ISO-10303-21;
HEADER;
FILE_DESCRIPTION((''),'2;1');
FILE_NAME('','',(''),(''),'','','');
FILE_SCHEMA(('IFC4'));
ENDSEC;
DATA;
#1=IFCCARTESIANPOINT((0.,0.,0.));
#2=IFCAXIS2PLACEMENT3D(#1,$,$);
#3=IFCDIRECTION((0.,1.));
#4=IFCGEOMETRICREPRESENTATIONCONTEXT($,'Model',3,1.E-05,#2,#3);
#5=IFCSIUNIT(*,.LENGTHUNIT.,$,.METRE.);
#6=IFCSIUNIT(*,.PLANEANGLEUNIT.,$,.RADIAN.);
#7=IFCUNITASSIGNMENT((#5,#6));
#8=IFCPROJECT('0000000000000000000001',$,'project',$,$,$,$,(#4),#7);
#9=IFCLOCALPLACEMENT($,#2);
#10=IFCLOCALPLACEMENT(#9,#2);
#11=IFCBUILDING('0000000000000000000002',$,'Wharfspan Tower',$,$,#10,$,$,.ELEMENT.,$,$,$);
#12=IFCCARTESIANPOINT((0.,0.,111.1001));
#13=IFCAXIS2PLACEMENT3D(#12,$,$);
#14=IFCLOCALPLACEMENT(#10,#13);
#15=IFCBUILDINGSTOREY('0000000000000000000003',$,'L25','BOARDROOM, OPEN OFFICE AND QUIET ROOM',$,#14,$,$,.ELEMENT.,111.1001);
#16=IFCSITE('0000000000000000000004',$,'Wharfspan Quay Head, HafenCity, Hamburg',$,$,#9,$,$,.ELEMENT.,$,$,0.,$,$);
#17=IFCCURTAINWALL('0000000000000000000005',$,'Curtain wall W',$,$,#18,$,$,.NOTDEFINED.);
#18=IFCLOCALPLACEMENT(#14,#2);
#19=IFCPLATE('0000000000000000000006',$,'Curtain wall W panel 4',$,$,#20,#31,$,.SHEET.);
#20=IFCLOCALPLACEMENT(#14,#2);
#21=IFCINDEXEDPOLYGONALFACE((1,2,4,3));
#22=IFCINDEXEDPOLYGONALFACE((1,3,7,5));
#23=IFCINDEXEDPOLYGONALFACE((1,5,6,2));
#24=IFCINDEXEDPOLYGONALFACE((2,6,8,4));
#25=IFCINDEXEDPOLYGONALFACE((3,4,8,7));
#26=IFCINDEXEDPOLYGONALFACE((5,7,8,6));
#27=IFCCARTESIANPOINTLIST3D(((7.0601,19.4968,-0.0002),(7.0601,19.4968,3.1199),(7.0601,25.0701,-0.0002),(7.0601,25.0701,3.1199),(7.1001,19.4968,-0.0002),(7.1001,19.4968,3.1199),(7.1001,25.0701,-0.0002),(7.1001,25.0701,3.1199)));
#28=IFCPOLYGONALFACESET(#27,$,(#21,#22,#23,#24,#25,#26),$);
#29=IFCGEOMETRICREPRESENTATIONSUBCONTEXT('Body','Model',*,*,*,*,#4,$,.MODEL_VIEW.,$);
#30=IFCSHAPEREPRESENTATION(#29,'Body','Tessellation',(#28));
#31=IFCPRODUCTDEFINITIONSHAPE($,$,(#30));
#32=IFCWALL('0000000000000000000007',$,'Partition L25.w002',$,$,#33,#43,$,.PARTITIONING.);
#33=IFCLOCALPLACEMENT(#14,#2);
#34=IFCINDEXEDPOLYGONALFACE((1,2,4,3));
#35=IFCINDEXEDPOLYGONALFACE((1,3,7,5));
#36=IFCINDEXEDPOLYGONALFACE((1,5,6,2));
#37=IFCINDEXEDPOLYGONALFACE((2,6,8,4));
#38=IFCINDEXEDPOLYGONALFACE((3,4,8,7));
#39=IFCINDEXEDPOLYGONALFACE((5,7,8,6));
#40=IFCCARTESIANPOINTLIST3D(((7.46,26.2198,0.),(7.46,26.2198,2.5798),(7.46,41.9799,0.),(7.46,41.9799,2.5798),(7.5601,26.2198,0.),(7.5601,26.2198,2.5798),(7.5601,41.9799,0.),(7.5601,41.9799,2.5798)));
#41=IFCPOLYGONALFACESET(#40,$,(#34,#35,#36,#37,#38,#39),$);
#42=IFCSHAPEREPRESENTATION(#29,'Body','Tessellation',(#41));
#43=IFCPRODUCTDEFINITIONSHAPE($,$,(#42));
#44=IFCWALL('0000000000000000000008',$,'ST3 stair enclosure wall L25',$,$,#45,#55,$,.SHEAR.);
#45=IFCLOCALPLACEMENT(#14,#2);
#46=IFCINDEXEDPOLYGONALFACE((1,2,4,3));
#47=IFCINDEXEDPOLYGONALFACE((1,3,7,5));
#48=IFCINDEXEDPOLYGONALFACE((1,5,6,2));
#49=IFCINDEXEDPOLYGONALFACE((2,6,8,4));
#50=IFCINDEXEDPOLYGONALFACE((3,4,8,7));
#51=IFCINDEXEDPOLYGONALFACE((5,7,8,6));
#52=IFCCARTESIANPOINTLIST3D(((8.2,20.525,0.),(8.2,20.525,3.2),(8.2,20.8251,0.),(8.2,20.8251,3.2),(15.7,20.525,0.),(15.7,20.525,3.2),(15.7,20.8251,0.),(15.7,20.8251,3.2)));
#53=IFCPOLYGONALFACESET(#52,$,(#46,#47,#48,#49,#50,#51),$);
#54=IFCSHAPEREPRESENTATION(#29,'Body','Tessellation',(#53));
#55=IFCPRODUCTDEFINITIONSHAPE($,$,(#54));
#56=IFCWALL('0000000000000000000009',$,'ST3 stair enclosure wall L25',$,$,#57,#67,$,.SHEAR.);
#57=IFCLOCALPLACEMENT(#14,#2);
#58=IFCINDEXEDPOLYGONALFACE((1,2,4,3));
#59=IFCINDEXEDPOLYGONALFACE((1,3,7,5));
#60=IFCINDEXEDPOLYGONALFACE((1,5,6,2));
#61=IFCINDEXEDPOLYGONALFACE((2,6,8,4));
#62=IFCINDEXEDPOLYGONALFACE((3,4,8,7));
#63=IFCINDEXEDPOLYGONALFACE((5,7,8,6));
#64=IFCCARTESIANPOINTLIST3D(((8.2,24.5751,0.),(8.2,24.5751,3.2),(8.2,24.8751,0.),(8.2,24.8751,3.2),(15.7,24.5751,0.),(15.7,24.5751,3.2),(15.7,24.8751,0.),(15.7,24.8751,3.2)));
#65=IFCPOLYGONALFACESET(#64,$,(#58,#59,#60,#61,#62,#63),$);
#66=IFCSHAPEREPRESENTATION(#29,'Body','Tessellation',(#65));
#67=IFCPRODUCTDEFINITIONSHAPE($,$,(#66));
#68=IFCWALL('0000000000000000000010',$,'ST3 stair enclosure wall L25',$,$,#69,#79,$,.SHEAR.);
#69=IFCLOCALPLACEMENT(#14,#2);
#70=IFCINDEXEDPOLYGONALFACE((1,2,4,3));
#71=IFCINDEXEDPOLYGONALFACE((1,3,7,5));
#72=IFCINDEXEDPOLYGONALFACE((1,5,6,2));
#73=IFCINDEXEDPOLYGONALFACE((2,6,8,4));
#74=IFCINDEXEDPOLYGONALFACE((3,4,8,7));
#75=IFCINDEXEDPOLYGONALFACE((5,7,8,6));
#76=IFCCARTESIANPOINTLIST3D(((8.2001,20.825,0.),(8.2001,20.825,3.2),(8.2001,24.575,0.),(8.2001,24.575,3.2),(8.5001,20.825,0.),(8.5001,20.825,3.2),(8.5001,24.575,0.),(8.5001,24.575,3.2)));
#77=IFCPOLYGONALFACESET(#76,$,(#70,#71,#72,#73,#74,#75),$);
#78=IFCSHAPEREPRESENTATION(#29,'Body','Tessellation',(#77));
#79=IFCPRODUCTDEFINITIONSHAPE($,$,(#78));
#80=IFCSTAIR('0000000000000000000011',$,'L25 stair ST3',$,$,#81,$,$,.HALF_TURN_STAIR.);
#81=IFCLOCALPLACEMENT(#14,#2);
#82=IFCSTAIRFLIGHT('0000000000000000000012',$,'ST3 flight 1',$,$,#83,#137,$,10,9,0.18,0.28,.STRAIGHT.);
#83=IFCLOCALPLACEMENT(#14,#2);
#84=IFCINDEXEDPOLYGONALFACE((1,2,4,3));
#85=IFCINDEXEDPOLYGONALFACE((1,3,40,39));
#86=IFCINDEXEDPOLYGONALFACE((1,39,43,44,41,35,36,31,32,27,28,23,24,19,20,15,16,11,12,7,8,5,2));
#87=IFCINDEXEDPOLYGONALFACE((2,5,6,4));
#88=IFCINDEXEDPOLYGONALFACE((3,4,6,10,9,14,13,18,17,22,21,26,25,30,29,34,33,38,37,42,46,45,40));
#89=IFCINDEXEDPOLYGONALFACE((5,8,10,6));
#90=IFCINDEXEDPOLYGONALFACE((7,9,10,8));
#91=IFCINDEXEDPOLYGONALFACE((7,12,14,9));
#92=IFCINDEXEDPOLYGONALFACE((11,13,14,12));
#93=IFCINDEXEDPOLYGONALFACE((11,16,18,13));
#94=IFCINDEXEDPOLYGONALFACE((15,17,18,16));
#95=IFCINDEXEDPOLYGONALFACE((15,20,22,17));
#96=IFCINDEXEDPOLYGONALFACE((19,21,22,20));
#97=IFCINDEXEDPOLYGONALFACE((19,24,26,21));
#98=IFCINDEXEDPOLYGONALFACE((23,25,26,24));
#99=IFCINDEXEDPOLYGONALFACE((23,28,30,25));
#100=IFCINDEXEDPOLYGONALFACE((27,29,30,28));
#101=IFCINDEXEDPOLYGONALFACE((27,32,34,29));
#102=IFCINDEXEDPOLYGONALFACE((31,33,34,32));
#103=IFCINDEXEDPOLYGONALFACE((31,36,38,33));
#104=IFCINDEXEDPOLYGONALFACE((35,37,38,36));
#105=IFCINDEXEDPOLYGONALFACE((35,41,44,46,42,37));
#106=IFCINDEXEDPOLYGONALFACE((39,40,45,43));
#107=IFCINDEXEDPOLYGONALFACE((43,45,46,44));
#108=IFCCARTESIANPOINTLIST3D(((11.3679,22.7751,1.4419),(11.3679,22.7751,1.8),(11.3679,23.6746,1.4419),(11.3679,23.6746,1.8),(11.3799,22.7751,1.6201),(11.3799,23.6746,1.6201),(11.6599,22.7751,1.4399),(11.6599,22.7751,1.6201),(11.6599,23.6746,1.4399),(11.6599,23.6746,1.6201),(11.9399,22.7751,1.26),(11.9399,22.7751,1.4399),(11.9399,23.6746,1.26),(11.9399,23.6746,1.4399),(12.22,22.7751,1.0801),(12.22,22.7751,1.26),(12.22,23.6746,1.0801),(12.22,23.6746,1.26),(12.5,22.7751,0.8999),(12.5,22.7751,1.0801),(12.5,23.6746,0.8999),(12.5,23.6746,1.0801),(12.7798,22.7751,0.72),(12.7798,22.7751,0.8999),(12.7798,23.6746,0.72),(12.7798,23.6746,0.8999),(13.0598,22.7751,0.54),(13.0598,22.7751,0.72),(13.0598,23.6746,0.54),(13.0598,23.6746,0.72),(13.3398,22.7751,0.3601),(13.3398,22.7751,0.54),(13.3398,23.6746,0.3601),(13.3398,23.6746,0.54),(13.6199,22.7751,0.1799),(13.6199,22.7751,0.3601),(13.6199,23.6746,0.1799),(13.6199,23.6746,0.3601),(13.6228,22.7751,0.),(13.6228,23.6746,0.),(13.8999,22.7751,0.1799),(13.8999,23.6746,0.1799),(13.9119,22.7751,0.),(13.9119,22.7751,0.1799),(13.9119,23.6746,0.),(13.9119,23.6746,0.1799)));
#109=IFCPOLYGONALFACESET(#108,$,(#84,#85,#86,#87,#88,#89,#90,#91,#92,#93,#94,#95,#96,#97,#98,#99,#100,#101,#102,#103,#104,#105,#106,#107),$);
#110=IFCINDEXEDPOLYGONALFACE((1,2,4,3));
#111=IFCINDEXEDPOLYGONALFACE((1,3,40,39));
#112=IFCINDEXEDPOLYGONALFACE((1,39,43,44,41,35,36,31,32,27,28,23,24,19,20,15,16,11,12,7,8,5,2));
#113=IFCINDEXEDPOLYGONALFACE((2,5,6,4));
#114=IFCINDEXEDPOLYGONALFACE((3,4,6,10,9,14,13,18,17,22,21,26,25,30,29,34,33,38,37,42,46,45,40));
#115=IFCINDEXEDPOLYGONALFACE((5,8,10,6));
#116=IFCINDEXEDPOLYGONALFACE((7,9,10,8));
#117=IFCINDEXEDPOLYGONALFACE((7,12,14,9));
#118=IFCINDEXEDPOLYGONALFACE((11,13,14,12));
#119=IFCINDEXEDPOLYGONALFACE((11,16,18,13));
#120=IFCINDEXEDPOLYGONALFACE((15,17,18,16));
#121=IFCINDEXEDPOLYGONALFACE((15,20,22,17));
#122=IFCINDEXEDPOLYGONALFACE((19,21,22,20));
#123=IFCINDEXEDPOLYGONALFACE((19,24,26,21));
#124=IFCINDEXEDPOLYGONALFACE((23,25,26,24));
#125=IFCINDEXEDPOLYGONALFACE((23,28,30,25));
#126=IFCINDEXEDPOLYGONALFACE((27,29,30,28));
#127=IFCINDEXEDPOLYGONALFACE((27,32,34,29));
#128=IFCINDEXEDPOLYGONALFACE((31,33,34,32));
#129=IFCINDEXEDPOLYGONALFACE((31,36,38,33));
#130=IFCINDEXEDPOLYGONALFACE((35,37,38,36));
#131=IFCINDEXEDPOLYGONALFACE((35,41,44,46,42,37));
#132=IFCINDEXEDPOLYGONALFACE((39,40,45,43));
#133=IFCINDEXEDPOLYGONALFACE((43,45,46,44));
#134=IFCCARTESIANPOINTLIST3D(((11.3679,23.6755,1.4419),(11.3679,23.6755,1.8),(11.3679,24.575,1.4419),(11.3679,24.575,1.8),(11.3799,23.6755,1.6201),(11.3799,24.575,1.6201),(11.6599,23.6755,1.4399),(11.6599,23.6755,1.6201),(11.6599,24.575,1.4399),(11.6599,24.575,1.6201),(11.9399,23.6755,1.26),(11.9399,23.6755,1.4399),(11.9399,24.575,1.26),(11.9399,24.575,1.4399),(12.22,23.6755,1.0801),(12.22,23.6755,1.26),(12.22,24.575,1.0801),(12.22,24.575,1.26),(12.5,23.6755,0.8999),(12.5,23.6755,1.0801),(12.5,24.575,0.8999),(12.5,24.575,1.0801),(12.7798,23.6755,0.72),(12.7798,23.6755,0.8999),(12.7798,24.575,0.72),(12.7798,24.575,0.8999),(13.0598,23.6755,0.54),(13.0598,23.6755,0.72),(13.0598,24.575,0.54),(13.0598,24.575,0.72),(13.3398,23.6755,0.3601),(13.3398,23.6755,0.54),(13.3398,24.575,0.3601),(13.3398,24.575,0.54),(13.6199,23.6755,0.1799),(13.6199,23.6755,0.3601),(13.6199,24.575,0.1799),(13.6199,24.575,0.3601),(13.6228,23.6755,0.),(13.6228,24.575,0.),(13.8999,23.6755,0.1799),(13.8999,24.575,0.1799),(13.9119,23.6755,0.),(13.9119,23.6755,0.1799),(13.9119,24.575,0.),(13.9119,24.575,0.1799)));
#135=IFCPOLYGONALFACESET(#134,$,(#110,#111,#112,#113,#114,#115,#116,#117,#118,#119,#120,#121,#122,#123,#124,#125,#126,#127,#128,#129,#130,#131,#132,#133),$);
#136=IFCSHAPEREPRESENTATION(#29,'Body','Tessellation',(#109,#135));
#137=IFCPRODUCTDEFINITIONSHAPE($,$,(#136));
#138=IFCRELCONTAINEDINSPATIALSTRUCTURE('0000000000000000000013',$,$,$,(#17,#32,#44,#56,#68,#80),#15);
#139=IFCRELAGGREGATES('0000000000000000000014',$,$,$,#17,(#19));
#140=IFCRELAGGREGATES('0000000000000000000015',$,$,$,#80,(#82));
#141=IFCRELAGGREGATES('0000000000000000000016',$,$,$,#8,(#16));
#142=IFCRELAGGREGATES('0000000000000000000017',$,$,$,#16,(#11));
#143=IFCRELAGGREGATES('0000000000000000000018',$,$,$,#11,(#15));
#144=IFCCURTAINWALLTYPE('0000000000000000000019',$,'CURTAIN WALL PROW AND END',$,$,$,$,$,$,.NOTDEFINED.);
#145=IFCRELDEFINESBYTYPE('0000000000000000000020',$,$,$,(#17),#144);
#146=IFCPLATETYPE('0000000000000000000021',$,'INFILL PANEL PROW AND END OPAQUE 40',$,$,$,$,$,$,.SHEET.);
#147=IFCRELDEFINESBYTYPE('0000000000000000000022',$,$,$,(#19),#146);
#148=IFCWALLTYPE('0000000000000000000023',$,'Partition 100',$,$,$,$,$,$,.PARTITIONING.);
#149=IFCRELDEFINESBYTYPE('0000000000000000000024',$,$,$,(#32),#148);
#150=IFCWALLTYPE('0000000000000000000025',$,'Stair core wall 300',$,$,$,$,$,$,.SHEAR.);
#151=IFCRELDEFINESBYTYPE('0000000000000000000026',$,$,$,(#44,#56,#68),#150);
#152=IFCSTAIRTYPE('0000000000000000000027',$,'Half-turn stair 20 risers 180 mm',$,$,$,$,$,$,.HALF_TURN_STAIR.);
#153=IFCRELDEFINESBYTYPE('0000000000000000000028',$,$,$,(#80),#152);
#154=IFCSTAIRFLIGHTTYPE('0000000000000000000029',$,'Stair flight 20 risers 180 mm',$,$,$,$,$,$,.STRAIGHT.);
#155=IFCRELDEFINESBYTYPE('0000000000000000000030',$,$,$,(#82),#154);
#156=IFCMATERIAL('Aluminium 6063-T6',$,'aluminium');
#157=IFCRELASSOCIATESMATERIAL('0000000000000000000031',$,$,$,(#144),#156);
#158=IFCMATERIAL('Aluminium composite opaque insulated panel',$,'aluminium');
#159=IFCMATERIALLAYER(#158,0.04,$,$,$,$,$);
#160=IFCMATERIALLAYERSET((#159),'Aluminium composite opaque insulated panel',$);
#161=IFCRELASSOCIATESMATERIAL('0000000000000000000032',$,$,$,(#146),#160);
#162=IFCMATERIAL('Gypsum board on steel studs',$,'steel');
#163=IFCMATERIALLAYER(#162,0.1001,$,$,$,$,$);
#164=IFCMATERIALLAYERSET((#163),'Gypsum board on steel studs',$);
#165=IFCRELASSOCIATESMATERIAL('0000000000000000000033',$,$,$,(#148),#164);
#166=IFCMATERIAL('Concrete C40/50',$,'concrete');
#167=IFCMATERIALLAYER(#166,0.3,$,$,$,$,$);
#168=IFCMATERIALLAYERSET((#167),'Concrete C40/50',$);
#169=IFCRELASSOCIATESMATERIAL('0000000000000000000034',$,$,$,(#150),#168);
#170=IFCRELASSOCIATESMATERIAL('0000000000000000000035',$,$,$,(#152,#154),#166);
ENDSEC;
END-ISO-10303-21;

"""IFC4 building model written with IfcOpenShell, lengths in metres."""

from ifc_helpers import new_model, si_unit, direction, frame, frame_2d, origin, origin_2d, place, context, subcontext, project, spatial, polyline, rectangle, outline, extrude, material, layer, layer_set, type_object, element, aggregate, save


model = new_model("IFC4")

# Units and contexts
model_context = context("Model", 3, precision=1e-05, world=origin(), true_north=direction((0.0, 1.0)))
body_context = subcontext(model_context, "Body", "Model", "MODEL_VIEW")
ifc_project = project(units=[si_unit("LENGTHUNIT", "METRE"), si_unit("PLANEANGLEUNIT", "RADIAN")], contexts=[model_context])

# Site, building, storey
site_placement = place(None, origin())
site = spatial("IfcSite", under=ifc_project, at=site_placement, Name="Wharfspan Quay Head, HafenCity, Hamburg", CompositionType="ELEMENT", RefElevation=0.0)
building_placement = place(site_placement, origin())
building = spatial("IfcBuilding", under=site, at=building_placement, Name="Wharfspan Tower", CompositionType="ELEMENT")
storey_placement = place(building_placement, frame((0.0, 0.0, 111.1001)))
storey = spatial("IfcBuildingStorey", under=building, at=storey_placement, Name="L25", Description="BOARDROOM, OPEN OFFICE AND QUIET ROOM", CompositionType="ELEMENT", Elevation=111.1001)

# Curtain wall
ifc_material_1 = material(Name="Aluminium 6063-T6", Category="aluminium")
curtain_wall_type = type_object("IfcCurtainWallType", Name="CURTAIN WALL PROW AND END", PredefinedType="NOTDEFINED", material=ifc_material_1)
curtain_wall_placement = place(storey_placement, origin())
curtain_wall = element("IfcCurtainWall", 1, at=curtain_wall_placement, inside=storey, type_object=curtain_wall_type, Name="Curtain wall W", PredefinedType="NOTDEFINED")

# Plate
ifc_material_2 = material(Name="Aluminium composite opaque insulated panel", Category="aluminium")
ifc_layer_1 = layer(ifc_material_2, 0.04)
ifc_layer_set_1 = layer_set([ifc_layer_1], Name="Aluminium composite opaque insulated panel")
plate_type = type_object("IfcPlateType", Name="INFILL PANEL PROW AND END OPAQUE 40", PredefinedType="SHEET", material=ifc_layer_set_1)
plate_1_placement = place(storey_placement, frame((7.0801, 22.2834, -0.0002), z_axis=(0.0, 0.0, 1.0), x_axis=(0.0, -1.0, 0.0)))
plate_1 = element("IfcPlate", 2, at=plate_1_placement, type_object=plate_type, Name="Curtain wall W panel 4", PredefinedType="SHEET", context=body_context, shape_type="SweptSolid", body=[
    extrude(rectangle(XDim=5.5732, YDim=0.04, at=origin_2d()), origin(), (0.0, 0.0, 1.0), 3.1201),
])
aggregate(curtain_wall, [plate_1])

# Walls
ifc_material_3 = material(Name="Gypsum board on steel studs", Category="steel")
ifc_layer_2 = layer(ifc_material_3, 0.1001)
ifc_layer_set_2 = layer_set([ifc_layer_2], Name="Gypsum board on steel studs")
wall_type_1 = type_object("IfcWallType", Name="Partition 100", PredefinedType="PARTITIONING", material=ifc_layer_set_2)
wall_1_placement = place(storey_placement, frame((7.51, 26.22, 0.0), z_axis=(0.0, 0.0, 1.0), x_axis=(0.0, 1.0, 0.0)))
element("IfcWall", 3, at=wall_1_placement, inside=storey, type_object=wall_type_1, Name="Partition L25.w002", PredefinedType="PARTITIONING", context=body_context, shape_type="SweptSolid", body=[
    extrude(rectangle(XDim=15.76, YDim=0.1001, at=frame_2d((7.8799, 0.0))), origin(), (0.0, 0.0, 1.0), 2.5798),
])
ifc_material_4 = material(Name="Concrete C40/50", Category="concrete")
ifc_layer_3 = layer(ifc_material_4, 0.3)
ifc_layer_set_3 = layer_set([ifc_layer_3], Name="Concrete C40/50")
wall_type_2 = type_object("IfcWallType", Name="Stair core wall 300", PredefinedType="SHEAR", material=ifc_layer_set_3)
for number, where, z_axis, x_axis, name in (
    (4, (8.2, 20.675, 0.0), (0.0, 0.0, 1.0), (1.0, 0.0, 0.0), "ST3 stair enclosure wall L25"),
    (5, (8.2, 24.7251, 0.0), (0.0, 0.0, 1.0), (1.0, 0.0, 0.0), "ST3 stair enclosure wall L25"),
):
    element("IfcWall", number, at=place(storey_placement, frame(where, z_axis=z_axis, x_axis=x_axis)), inside=storey, type_object=wall_type_2, Name=name, PredefinedType="SHEAR", context=body_context, shape_type="SweptSolid", body=[
        extrude(rectangle(XDim=7.5, YDim=0.3, at=frame_2d((3.75, 0.0))), origin(), (0.0, 0.0, 1.0), 3.2),
    ])
wall_2_placement = place(storey_placement, frame((8.3501, 20.825, 0.0), z_axis=(0.0, 0.0, 1.0), x_axis=(0.0, 1.0, 0.0)))
element("IfcWall", 6, at=wall_2_placement, inside=storey, type_object=wall_type_2, Name="ST3 stair enclosure wall L25", PredefinedType="SHEAR", context=body_context, shape_type="SweptSolid", body=[
    extrude(rectangle(XDim=3.75, YDim=0.3, at=frame_2d((1.875, 0.0))), origin(), (0.0, 0.0, 1.0), 3.2),
])

# Stair, stair flight
stair_type = type_object("IfcStairType", Name="Half-turn stair 20 risers 180 mm", PredefinedType="HALF_TURN_STAIR", material=ifc_material_4)
stair_placement = place(storey_placement, origin())
stair = element("IfcStair", 7, at=stair_placement, inside=storey, type_object=stair_type, Name="L25 stair ST3", PredefinedType="HALF_TURN_STAIR")
stair_flight_type = type_object("IfcStairFlightType", Name="Stair flight 20 risers 180 mm", PredefinedType="STRAIGHT", material=ifc_material_4)
stair_flight_1_placement = place(storey_placement, frame((13.8999, 23.675, 0.0), z_axis=(0.0, 0.0, 1.0), x_axis=(-1.0, 0.0, 0.0)))
stair_flight_1 = element("IfcStairFlight", 8, at=stair_flight_1_placement, type_object=stair_flight_type, Name="ST3 flight 1", NumberOfRisers=10, NumberOfTreads=9, PredefinedType="STRAIGHT", RiserHeight=0.18, TreadLength=0.28, context=body_context, shape_type="SweptSolid", body=[
    extrude(outline(polyline([(-0.012, 0.0), (-0.012, 0.1799), (0.0, 0.1799), (0.28, 0.1799), (0.28, 0.3601), (0.5601, 0.3601), (0.5601, 0.54), (0.8401, 0.54), (0.8401, 0.72), (1.1201, 0.72), (1.1201, 0.8999), (1.3999, 0.8999), (1.3999, 1.0801), (1.6799, 1.0801), (1.6799, 1.26), (1.96, 1.26), (1.96, 1.4399), (2.24, 1.4399), (2.24, 1.6201), (2.52, 1.6201), (2.532, 1.8), (2.532, 1.4419), (0.2771, 0.0), (-0.012, 0.0)])), frame((0.0, 0.8999, 0.0), z_axis=(0.0, -1.0, 0.0), x_axis=(1.0, 0.0, 0.0)), (0.0, 0.0, 1.0), 0.8994),
    extrude(outline(polyline([(-0.012, 0.0), (-0.012, 0.1799), (0.0, 0.1799), (0.28, 0.1799), (0.28, 0.3601), (0.5601, 0.3601), (0.5601, 0.54), (0.8401, 0.54), (0.8401, 0.72), (1.1201, 0.72), (1.1201, 0.8999), (1.3999, 0.8999), (1.3999, 1.0801), (1.6799, 1.0801), (1.6799, 1.26), (1.96, 1.26), (1.96, 1.4399), (2.24, 1.4399), (2.24, 1.6201), (2.52, 1.6201), (2.532, 1.8), (2.532, 1.4419), (0.2771, 0.0), (-0.012, 0.0)])), frame((0.0, -0.0005, 0.0), z_axis=(0.0, -1.0, 0.0), x_axis=(1.0, 0.0, 0.0)), (0.0, 0.0, 1.0), 0.8994),
])
aggregate(stair, [stair_flight_1])

save(model, "model.ifc")
